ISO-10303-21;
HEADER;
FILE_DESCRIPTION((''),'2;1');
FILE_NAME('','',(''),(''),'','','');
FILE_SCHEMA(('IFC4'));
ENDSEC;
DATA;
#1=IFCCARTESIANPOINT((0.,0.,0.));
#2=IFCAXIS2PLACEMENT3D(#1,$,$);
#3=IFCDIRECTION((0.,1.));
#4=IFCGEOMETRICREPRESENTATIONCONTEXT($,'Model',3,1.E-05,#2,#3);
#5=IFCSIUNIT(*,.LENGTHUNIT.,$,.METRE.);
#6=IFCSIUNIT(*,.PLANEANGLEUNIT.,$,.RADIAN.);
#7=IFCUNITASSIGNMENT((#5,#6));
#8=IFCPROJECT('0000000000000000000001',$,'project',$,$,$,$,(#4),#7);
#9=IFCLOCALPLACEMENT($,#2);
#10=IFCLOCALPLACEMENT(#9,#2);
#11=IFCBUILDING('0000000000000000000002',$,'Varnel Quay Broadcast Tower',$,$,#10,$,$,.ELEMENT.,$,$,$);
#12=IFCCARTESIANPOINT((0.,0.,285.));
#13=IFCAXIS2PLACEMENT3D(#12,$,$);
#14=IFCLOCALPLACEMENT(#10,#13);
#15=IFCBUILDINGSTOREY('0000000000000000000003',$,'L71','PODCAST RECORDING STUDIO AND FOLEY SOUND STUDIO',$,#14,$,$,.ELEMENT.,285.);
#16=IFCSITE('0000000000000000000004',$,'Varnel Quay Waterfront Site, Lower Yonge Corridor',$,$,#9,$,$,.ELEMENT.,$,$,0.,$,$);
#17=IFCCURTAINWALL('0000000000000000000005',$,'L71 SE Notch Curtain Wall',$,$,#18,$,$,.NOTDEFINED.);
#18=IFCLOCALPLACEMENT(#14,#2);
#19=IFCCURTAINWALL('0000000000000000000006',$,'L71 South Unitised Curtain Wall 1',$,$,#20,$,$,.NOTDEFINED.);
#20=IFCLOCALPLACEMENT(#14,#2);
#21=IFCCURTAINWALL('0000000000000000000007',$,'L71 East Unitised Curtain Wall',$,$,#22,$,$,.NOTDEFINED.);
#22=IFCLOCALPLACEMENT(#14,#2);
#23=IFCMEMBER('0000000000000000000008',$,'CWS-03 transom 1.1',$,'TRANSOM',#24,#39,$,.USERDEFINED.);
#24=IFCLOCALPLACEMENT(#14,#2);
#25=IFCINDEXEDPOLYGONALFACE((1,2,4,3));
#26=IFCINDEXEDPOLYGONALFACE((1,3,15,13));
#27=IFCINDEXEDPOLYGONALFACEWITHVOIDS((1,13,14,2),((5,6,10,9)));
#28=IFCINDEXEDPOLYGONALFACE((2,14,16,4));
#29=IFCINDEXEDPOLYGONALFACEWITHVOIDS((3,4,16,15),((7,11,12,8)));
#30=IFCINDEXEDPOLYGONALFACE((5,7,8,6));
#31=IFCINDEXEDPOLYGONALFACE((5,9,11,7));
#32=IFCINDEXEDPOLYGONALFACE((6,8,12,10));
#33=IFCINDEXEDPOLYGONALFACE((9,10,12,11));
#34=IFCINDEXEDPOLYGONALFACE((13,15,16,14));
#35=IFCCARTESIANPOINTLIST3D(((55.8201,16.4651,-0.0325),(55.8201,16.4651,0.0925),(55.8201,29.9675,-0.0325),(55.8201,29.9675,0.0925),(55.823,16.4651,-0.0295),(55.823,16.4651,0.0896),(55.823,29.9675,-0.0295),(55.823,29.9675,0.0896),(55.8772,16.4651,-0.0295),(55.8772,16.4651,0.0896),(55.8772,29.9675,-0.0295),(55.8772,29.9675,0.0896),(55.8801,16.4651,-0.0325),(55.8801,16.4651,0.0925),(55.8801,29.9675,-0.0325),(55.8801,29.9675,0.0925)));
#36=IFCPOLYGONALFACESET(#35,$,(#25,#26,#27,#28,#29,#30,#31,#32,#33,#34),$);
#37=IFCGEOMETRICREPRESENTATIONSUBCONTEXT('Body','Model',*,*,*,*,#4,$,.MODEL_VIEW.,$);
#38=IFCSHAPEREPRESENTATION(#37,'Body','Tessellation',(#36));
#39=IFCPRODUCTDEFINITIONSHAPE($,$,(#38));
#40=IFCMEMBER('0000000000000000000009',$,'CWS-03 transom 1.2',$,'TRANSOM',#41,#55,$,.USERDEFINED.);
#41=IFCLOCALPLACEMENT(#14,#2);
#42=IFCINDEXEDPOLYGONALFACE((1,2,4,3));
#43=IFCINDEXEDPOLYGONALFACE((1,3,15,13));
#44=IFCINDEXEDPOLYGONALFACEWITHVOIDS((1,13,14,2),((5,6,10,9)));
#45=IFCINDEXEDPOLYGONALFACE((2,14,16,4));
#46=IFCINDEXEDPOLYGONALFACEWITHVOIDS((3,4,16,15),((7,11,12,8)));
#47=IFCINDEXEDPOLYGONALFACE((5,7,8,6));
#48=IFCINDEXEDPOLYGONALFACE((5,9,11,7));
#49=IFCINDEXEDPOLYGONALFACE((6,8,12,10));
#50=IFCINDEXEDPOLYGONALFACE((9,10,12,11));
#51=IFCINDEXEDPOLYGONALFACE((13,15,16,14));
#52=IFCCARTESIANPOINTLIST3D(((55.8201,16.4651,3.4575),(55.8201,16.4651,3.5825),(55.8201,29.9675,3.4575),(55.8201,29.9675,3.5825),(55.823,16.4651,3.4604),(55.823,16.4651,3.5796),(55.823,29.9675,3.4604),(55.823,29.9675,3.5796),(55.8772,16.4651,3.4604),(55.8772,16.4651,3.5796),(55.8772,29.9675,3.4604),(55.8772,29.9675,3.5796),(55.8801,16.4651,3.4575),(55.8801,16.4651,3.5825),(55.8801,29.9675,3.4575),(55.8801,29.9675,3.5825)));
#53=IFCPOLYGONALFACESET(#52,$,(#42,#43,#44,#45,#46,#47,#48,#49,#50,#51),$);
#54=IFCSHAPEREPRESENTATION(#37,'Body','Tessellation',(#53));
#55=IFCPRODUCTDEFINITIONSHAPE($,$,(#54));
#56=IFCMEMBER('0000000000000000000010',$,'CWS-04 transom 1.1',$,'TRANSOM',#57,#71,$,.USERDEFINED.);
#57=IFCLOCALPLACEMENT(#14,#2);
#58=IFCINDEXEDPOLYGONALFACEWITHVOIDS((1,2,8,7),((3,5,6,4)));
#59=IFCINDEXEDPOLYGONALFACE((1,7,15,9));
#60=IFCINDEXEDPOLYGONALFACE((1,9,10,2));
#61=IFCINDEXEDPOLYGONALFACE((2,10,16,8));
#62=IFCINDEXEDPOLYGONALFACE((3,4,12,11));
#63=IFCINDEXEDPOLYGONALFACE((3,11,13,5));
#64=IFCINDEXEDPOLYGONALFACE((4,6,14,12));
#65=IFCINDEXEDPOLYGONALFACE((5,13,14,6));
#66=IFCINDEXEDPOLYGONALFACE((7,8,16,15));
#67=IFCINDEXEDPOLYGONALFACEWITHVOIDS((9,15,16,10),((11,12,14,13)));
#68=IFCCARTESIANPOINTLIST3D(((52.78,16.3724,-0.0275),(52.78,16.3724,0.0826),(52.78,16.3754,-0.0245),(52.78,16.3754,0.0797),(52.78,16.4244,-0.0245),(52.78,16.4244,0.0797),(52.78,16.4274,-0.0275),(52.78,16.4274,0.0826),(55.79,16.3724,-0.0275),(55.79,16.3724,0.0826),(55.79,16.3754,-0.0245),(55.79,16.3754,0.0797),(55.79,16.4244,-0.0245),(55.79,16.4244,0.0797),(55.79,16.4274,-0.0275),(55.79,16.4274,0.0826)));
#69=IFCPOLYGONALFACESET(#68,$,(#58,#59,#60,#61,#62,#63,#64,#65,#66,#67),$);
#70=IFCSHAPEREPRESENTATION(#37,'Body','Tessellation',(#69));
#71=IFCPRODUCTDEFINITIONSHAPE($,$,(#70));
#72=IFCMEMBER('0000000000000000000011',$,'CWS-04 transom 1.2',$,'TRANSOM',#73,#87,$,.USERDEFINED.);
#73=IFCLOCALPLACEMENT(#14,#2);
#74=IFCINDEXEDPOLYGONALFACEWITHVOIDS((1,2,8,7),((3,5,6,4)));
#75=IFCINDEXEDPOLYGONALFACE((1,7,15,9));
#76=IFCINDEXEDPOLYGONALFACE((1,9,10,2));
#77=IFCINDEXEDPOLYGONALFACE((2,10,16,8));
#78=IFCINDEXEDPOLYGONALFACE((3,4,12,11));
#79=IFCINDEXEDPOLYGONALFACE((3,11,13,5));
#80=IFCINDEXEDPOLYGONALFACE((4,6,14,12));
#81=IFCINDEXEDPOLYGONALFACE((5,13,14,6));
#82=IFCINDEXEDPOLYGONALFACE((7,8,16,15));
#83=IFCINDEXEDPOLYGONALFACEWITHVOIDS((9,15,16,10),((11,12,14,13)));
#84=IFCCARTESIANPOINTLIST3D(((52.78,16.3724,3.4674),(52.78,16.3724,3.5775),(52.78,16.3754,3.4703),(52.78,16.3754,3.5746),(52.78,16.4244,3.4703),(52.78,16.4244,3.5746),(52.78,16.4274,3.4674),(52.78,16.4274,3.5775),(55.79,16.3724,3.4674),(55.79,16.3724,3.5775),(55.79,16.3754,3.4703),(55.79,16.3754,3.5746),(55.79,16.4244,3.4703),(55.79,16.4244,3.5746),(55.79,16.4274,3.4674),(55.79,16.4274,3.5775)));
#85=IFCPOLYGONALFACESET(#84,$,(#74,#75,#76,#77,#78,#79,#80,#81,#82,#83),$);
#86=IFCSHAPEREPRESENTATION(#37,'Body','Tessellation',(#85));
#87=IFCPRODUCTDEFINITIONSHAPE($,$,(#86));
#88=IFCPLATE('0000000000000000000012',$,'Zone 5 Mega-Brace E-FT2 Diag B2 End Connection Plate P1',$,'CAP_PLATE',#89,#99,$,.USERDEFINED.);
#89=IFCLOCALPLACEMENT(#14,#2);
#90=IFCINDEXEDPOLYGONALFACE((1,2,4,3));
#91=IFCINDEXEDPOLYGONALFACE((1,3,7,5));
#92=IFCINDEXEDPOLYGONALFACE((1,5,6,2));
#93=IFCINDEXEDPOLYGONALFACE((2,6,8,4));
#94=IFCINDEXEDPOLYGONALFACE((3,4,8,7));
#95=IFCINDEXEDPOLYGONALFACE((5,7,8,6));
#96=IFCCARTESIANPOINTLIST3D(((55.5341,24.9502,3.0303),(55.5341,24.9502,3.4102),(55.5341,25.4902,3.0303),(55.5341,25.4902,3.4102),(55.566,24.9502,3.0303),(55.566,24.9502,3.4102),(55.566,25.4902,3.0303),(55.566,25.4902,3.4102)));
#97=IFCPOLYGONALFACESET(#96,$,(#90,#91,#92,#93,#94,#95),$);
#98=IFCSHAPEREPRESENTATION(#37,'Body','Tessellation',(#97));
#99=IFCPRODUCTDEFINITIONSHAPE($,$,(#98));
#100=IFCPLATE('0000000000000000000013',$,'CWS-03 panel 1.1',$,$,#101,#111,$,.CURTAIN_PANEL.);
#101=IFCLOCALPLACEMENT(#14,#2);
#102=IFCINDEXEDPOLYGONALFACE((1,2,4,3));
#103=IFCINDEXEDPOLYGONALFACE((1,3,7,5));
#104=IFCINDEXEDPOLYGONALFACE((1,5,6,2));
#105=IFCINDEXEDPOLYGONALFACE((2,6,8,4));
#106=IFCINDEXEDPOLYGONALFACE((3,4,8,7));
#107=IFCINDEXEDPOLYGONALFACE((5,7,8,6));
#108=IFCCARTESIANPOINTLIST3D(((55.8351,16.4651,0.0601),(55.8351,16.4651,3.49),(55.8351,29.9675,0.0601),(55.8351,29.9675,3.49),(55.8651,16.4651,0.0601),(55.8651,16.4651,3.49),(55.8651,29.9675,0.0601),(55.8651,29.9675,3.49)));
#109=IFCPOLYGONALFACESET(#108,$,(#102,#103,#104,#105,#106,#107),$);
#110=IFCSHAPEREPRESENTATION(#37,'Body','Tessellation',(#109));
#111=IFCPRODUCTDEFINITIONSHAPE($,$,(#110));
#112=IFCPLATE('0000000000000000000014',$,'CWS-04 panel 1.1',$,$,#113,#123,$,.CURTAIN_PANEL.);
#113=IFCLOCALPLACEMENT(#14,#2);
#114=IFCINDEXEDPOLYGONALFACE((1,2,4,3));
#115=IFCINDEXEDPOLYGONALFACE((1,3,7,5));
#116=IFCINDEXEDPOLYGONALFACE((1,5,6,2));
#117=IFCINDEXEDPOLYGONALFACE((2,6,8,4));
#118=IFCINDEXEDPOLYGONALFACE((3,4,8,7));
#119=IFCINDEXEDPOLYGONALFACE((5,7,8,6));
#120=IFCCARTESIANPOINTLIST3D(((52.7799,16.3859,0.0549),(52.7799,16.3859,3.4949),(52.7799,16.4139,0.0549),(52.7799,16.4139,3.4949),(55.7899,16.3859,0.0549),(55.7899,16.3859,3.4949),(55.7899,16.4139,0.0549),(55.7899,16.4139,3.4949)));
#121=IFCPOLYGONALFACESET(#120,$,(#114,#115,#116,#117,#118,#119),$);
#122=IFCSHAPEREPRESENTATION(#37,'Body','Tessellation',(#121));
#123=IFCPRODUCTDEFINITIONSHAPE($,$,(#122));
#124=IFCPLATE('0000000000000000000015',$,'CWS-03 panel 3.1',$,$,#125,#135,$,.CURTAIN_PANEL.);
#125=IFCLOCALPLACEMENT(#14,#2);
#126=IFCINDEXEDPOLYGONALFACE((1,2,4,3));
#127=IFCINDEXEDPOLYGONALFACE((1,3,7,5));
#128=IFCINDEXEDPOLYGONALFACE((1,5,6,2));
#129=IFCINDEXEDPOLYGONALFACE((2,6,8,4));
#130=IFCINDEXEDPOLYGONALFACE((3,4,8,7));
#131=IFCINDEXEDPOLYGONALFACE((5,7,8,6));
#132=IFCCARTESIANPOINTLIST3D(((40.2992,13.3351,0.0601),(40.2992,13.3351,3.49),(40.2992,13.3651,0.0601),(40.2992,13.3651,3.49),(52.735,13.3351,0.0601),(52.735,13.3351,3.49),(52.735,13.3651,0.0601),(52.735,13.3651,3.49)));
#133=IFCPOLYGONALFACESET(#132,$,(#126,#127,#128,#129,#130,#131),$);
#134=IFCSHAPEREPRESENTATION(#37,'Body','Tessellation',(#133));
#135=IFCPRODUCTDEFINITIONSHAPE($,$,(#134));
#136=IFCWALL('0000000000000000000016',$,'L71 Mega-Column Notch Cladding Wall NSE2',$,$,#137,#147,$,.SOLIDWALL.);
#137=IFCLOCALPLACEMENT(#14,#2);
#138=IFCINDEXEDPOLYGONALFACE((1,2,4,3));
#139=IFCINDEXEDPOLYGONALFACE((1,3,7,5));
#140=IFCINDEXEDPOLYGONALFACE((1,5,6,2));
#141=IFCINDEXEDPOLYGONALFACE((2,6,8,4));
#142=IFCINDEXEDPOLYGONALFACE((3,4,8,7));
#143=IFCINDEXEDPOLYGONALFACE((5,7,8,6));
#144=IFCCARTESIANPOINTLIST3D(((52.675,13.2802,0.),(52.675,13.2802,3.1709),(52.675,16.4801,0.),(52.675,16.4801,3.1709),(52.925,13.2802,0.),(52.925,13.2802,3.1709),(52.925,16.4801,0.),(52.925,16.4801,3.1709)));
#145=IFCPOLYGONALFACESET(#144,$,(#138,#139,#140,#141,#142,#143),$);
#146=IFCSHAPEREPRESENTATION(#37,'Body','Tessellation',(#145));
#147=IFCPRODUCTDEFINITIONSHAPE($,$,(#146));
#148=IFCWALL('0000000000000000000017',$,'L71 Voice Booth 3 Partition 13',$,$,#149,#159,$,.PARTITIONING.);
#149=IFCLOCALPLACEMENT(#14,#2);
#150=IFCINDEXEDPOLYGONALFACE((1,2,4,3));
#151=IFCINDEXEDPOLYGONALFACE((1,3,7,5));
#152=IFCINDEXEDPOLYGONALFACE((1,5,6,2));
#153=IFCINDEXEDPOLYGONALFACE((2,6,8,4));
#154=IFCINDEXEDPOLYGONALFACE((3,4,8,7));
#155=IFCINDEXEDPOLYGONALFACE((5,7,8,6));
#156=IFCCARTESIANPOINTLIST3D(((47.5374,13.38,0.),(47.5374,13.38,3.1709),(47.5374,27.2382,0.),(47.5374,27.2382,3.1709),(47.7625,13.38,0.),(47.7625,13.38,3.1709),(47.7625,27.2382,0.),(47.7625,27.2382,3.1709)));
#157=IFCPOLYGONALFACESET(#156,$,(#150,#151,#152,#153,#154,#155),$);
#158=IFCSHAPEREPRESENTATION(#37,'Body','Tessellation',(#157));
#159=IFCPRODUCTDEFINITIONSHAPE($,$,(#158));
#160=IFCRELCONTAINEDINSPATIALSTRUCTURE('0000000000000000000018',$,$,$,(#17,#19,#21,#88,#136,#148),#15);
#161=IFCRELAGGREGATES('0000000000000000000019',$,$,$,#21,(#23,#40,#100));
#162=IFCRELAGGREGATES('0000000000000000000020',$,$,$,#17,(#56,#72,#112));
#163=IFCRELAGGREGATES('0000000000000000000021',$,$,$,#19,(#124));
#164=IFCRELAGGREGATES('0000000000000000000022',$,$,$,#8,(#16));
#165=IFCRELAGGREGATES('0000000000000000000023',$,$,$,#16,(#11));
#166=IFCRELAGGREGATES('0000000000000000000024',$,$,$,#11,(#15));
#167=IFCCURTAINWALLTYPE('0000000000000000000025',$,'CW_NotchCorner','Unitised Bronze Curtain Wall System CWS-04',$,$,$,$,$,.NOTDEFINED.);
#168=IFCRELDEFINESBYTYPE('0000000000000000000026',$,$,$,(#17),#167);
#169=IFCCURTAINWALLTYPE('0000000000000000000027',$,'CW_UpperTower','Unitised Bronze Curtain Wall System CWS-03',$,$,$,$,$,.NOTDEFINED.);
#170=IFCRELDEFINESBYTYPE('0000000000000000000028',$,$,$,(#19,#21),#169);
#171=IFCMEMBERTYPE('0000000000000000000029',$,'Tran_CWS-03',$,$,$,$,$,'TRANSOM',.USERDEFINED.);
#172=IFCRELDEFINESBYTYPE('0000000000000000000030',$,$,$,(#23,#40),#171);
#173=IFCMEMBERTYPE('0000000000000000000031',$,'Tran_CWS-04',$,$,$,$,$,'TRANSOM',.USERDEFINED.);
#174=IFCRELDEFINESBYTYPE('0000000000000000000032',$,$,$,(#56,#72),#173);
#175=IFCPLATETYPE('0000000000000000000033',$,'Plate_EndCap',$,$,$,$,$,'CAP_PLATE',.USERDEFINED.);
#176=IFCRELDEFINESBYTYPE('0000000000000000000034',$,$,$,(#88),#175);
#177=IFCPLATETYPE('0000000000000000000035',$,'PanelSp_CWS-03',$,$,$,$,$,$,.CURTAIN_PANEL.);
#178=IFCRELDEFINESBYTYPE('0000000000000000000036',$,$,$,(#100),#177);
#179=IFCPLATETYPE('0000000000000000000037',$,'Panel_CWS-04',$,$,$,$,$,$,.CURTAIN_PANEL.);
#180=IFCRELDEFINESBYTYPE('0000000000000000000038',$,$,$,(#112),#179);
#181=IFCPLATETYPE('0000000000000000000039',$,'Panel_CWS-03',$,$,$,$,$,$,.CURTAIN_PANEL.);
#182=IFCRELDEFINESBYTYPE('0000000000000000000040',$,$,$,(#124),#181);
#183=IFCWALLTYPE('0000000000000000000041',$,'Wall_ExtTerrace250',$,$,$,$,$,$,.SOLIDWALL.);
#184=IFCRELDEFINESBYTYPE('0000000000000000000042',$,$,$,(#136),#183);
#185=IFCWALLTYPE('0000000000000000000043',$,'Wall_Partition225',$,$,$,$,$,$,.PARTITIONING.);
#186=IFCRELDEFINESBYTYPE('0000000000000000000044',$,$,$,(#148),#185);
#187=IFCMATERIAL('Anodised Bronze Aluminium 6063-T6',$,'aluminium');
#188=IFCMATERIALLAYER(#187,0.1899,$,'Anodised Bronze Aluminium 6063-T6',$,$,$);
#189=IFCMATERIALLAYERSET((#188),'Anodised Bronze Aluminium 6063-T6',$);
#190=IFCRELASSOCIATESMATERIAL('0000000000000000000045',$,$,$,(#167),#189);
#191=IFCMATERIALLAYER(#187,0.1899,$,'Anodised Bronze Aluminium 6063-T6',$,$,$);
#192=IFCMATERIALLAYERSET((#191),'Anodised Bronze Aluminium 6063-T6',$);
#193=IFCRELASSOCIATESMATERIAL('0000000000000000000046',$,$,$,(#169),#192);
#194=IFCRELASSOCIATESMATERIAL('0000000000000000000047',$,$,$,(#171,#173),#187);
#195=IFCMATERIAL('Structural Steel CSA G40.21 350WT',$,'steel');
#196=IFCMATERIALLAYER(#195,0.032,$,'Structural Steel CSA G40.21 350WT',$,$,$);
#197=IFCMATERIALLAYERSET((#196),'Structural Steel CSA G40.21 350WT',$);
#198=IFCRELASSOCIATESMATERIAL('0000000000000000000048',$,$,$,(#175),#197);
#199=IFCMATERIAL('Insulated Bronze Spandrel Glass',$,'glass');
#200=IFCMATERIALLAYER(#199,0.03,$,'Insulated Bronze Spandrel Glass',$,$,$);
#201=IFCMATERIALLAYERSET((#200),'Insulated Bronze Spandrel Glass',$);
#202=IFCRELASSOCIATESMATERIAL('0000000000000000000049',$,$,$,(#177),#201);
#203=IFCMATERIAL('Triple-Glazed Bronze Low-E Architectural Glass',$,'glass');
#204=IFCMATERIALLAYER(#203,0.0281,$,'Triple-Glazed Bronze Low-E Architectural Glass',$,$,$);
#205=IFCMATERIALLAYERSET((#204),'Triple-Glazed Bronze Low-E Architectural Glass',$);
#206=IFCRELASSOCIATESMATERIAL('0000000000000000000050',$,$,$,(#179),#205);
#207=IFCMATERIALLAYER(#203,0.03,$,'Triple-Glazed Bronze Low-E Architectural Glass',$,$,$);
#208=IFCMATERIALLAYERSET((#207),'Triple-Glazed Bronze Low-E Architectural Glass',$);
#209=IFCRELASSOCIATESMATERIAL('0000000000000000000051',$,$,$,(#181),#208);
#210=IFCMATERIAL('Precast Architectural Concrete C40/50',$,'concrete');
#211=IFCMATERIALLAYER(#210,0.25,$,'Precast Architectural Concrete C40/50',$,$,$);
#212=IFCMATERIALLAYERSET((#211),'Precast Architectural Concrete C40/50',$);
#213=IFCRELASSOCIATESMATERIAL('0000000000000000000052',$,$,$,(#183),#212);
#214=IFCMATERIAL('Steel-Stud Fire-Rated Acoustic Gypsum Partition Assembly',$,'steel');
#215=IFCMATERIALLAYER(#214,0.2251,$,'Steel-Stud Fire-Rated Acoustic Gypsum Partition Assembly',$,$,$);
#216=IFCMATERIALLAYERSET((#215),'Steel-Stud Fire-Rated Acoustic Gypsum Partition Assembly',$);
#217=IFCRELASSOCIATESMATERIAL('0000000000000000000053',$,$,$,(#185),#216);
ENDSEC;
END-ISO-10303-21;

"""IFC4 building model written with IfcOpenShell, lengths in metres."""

from ifc_helpers import new_model, si_unit, direction, frame, frame_2d, origin, origin_2d, place, context, subcontext, project, spatial, rectangle, hollow_rectangle, extrude, source, transform, mapped, material, layer, layer_set, material_profile, profile_set, type_object, type_shapes, element, aggregate, save


model = new_model("IFC4")

# Units and contexts
model_context = context("Model", 3, precision=1e-05, world=origin(), true_north=direction((0.0, 1.0)))
body_context = subcontext(model_context, "Body", "Model", "MODEL_VIEW")
ifc_project = project(units=[si_unit("LENGTHUNIT", "METRE"), si_unit("PLANEANGLEUNIT", "RADIAN")], contexts=[model_context])

# Site, building, storey
site_placement = place(None, origin())
site = spatial("IfcSite", under=ifc_project, at=site_placement, Name="Varnel Quay Waterfront Site, Lower Yonge Corridor", CompositionType="ELEMENT", RefElevation=0.0)
building_placement = place(site_placement, origin())
building = spatial("IfcBuilding", under=site, at=building_placement, Name="Varnel Quay Broadcast Tower", CompositionType="ELEMENT")
storey_placement = place(building_placement, frame((0.0, 0.0, 285.0)))
storey = spatial("IfcBuildingStorey", under=building, at=storey_placement, Name="L71", Description="PODCAST RECORDING STUDIO AND FOLEY SOUND STUDIO", CompositionType="ELEMENT", Elevation=285.0)

# Shared definitions
ifc_material_1 = material(Name="Structural Steel CSA G40.21 350WT", Category="steel")

# Curtain wall
ifc_material_2 = material(Name="Anodised Bronze Aluminium 6063-T6", Category="aluminium")
ifc_layer_1 = layer(ifc_material_2, 0.1899, Name="Anodised Bronze Aluminium 6063-T6")
ifc_layer_set_1 = layer_set([ifc_layer_1], Name="Anodised Bronze Aluminium 6063-T6")
curtain_wall_type_1 = type_object("IfcCurtainWallType", Name="CW_NotchCorner", Description="Unitised Bronze Curtain Wall System CWS-04", PredefinedType="NOTDEFINED", material=ifc_layer_set_1)
curtain_wall_1_placement = place(storey_placement, origin())
curtain_wall_1 = element("IfcCurtainWall", 1, at=curtain_wall_1_placement, inside=storey, type_object=curtain_wall_type_1, Name="L71 SE Notch Curtain Wall", PredefinedType="NOTDEFINED")

# Curtain wall
ifc_layer_2 = layer(ifc_material_2, 0.1899, Name="Anodised Bronze Aluminium 6063-T6")
ifc_layer_set_2 = layer_set([ifc_layer_2], Name="Anodised Bronze Aluminium 6063-T6")
curtain_wall_type_2 = type_object("IfcCurtainWallType", Name="CW_UpperTower", Description="Unitised Bronze Curtain Wall System CWS-03", PredefinedType="NOTDEFINED", material=ifc_layer_set_2)
curtain_wall_2_placement = place(storey_placement, origin())
curtain_wall_2 = element("IfcCurtainWall", 2, at=curtain_wall_2_placement, inside=storey, type_object=curtain_wall_type_2, Name="L71 South Unitised Curtain Wall 1", PredefinedType="NOTDEFINED")

# Curtain wall, members
curtain_wall_3_placement = place(storey_placement, origin())
curtain_wall_3 = element("IfcCurtainWall", 3, at=curtain_wall_3_placement, inside=storey, type_object=curtain_wall_type_2, Name="L71 East Unitised Curtain Wall", PredefinedType="NOTDEFINED")
ifc_material_profile_1 = material_profile(ifc_material_2, hollow_rectangle(XDim=0.0601, YDim=0.125, WallThickness=0.0029, at=origin_2d()), Name="ALU60X125X3")
ifc_profile_set_1 = profile_set([ifc_material_profile_1], Name="Anodised Bronze Aluminium 6063-T6")
member_type_1 = type_object("IfcMemberType", Name="Tran_CWS-03", ElementType="TRANSOM", PredefinedType="USERDEFINED", material=ifc_profile_set_1)
shared_shape_1 = source(origin(), body_context, "Body", "SweptSolid", [
    extrude(hollow_rectangle(XDim=0.0601, YDim=0.125, WallThickness=0.0029, at=origin_2d()), origin(), (0.0, 0.0, 1.0), 13.5024),
])
type_shapes(member_type_1, [shared_shape_1])
member_1_placement = place(storey_placement, frame((55.8501, 16.4651, 0.03), z_axis=(0.0, 1.0, 0.0), x_axis=(-1.0, 0.0, 0.0)))
member_1 = element("IfcMember", 4, at=member_1_placement, type_object=member_type_1, Name="CWS-03 transom 1.1", ObjectType="TRANSOM", PredefinedType="USERDEFINED", context=body_context, shape_type="MappedRepresentation", body=[
    mapped(shared_shape_1, transform((0.0, 0.0, 0.0), x_axis=(1.0, 0.0, 0.0), y_axis=(0.0, 1.0, 0.0), z_axis=(0.0, 0.0, 1.0), scale=1.0)),
])
member_2_placement = place(storey_placement, frame((55.8501, 16.4651, 3.52), z_axis=(0.0, 1.0, 0.0), x_axis=(-1.0, 0.0, 0.0)))
member_2 = element("IfcMember", 5, at=member_2_placement, type_object=member_type_1, Name="CWS-03 transom 1.2", ObjectType="TRANSOM", PredefinedType="USERDEFINED", context=body_context, shape_type="MappedRepresentation", body=[
    mapped(shared_shape_1, transform((0.0, 0.0, 0.0), x_axis=(1.0, 0.0, 0.0), y_axis=(0.0, 1.0, 0.0), z_axis=(0.0, 0.0, 1.0), scale=1.0)),
])

# Members
ifc_material_profile_2 = material_profile(ifc_material_2, hollow_rectangle(XDim=0.0549, YDim=0.1101, WallThickness=0.0029, at=origin_2d()), Name="ALU55X110X3")
ifc_profile_set_2 = profile_set([ifc_material_profile_2], Name="Anodised Bronze Aluminium 6063-T6")
member_type_2 = type_object("IfcMemberType", Name="Tran_CWS-04", ElementType="TRANSOM", PredefinedType="USERDEFINED", material=ifc_profile_set_2)
shared_shape_2 = source(origin(), body_context, "Body", "SweptSolid", [
    extrude(hollow_rectangle(XDim=0.0549, YDim=0.1101, WallThickness=0.0029, at=origin_2d()), origin(), (0.0, 0.0, 1.0), 3.01),
])
type_shapes(member_type_2, [shared_shape_2])
member_3_placement = place(storey_placement, frame((52.78, 16.3999, 0.0276), z_axis=(1.0, 0.0, 0.0), x_axis=(0.0, 1.0, 0.0)))
member_3 = element("IfcMember", 6, at=member_3_placement, type_object=member_type_2, Name="CWS-04 transom 1.1", ObjectType="TRANSOM", PredefinedType="USERDEFINED", context=body_context, shape_type="MappedRepresentation", body=[
    mapped(shared_shape_2, transform((0.0, 0.0, 0.0), x_axis=(1.0, 0.0, 0.0), y_axis=(0.0, 1.0, 0.0), z_axis=(0.0, 0.0, 1.0), scale=1.0)),
])
member_4_placement = place(storey_placement, frame((52.78, 16.3999, 3.5225), z_axis=(1.0, 0.0, 0.0), x_axis=(0.0, 1.0, 0.0)))
member_4 = element("IfcMember", 7, at=member_4_placement, type_object=member_type_2, Name="CWS-04 transom 1.2", ObjectType="TRANSOM", PredefinedType="USERDEFINED", context=body_context, shape_type="MappedRepresentation", body=[
    mapped(shared_shape_2, transform((0.0, 0.0, 0.0), x_axis=(1.0, 0.0, 0.0), y_axis=(0.0, 1.0, 0.0), z_axis=(0.0, 0.0, 1.0), scale=1.0)),
])

# Plates
ifc_layer_3 = layer(ifc_material_1, 0.032, Name="Structural Steel CSA G40.21 350WT")
ifc_layer_set_3 = layer_set([ifc_layer_3], Name="Structural Steel CSA G40.21 350WT")
plate_type_1 = type_object("IfcPlateType", Name="Plate_EndCap", ElementType="CAP_PLATE", PredefinedType="USERDEFINED", material=ifc_layer_set_3)
shared_shape_3 = source(origin(), body_context, "Body", "SweptSolid", [
    extrude(rectangle(XDim=0.54, YDim=0.032, at=origin_2d()), origin(), (0.0, 0.0, 1.0), 0.3799),
])
type_shapes(plate_type_1, [shared_shape_3])
plate_1_placement = place(storey_placement, frame((55.55, 25.2202, 3.0303), z_axis=(0.0, 0.0, 1.0), x_axis=(0.0, 1.0, 0.0)))
element("IfcPlate", 8, at=plate_1_placement, inside=storey, type_object=plate_type_1, Name="Zone 5 Mega-Brace E-FT2 Diag B2 End Connection Plate P1", ObjectType="CAP_PLATE", PredefinedType="USERDEFINED", context=body_context, shape_type="MappedRepresentation", body=[
    mapped(shared_shape_3, transform((0.0, 0.0, 0.0), x_axis=(1.0, 0.0, 0.0), y_axis=(0.0, 1.0, 0.0), z_axis=(0.0, 0.0, 1.0), scale=1.0)),
])
ifc_material_3 = material(Name="Insulated Bronze Spandrel Glass", Category="glass")
ifc_layer_4 = layer(ifc_material_3, 0.03, Name="Insulated Bronze Spandrel Glass")
ifc_layer_set_4 = layer_set([ifc_layer_4], Name="Insulated Bronze Spandrel Glass")
plate_type_2 = type_object("IfcPlateType", Name="PanelSp_CWS-03", PredefinedType="CURTAIN_PANEL", material=ifc_layer_set_4)
shared_shape_4 = source(origin(), body_context, "Body", "SweptSolid", [
    extrude(rectangle(XDim=13.5024, YDim=0.03, at=origin_2d()), origin(), (0.0, 0.0, 1.0), 3.4299),
])
type_shapes(plate_type_2, [shared_shape_4])
plate_2_placement = place(storey_placement, frame((55.8501, 23.2163, 0.0601), z_axis=(0.0, 0.0, 1.0), x_axis=(0.0, 1.0, 0.0)))
plate_2 = element("IfcPlate", 9, at=plate_2_placement, type_object=plate_type_2, Name="CWS-03 panel 1.1", PredefinedType="CURTAIN_PANEL", context=body_context, shape_type="MappedRepresentation", body=[
    mapped(shared_shape_4, transform((0.0, 0.0, 0.0), x_axis=(1.0, 0.0, 0.0), y_axis=(0.0, 1.0, 0.0), z_axis=(0.0, 0.0, 1.0), scale=1.0)),
])
aggregate(curtain_wall_3, [member_1, member_2, plate_2])
ifc_material_4 = material(Name="Triple-Glazed Bronze Low-E Architectural Glass", Category="glass")
ifc_layer_5 = layer(ifc_material_4, 0.0281, Name="Triple-Glazed Bronze Low-E Architectural Glass")
ifc_layer_set_5 = layer_set([ifc_layer_5], Name="Triple-Glazed Bronze Low-E Architectural Glass")
plate_type_3 = type_object("IfcPlateType", Name="Panel_CWS-04", PredefinedType="CURTAIN_PANEL", material=ifc_layer_set_5)
shared_shape_5 = source(origin(), body_context, "Body", "SweptSolid", [
    extrude(rectangle(XDim=3.01, YDim=0.0281, at=origin_2d()), origin(), (0.0, 0.0, 1.0), 3.4399),
])
type_shapes(plate_type_3, [shared_shape_5])
plate_3_placement = place(storey_placement, frame((54.2849, 16.3999, 0.0549), z_axis=(0.0, 0.0, 1.0), x_axis=(1.0, 0.0, 0.0)))
plate_3 = element("IfcPlate", 10, at=plate_3_placement, type_object=plate_type_3, Name="CWS-04 panel 1.1", PredefinedType="CURTAIN_PANEL", context=body_context, shape_type="MappedRepresentation", body=[
    mapped(shared_shape_5, transform((0.0, 0.0, 0.0), x_axis=(1.0, 0.0, 0.0), y_axis=(0.0, 1.0, 0.0), z_axis=(0.0, 0.0, 1.0), scale=1.0)),
])
aggregate(curtain_wall_1, [member_3, member_4, plate_3])
ifc_layer_6 = layer(ifc_material_4, 0.03, Name="Triple-Glazed Bronze Low-E Architectural Glass")
ifc_layer_set_6 = layer_set([ifc_layer_6], Name="Triple-Glazed Bronze Low-E Architectural Glass")
plate_type_4 = type_object("IfcPlateType", Name="Panel_CWS-03", PredefinedType="CURTAIN_PANEL", material=ifc_layer_set_6)
shared_shape_6 = source(origin(), body_context, "Body", "SweptSolid", [
    extrude(rectangle(XDim=12.4358, YDim=0.03, at=origin_2d()), origin(), (0.0, 0.0, 1.0), 3.4299),
])
type_shapes(plate_type_4, [shared_shape_6])
plate_4_placement = place(storey_placement, frame((46.5171, 13.3501, 0.0601), z_axis=(0.0, 0.0, 1.0), x_axis=(1.0, 0.0, 0.0)))
plate_4 = element("IfcPlate", 11, at=plate_4_placement, type_object=plate_type_4, Name="CWS-03 panel 3.1", PredefinedType="CURTAIN_PANEL", context=body_context, shape_type="MappedRepresentation", body=[
    mapped(shared_shape_6, transform((0.0, 0.0, 0.0), x_axis=(1.0, 0.0, 0.0), y_axis=(0.0, 1.0, 0.0), z_axis=(0.0, 0.0, 1.0), scale=1.0)),
])
aggregate(curtain_wall_2, [plate_4])

# Walls
ifc_material_5 = material(Name="Precast Architectural Concrete C40/50", Category="concrete")
ifc_layer_7 = layer(ifc_material_5, 0.25, Name="Precast Architectural Concrete C40/50")
ifc_layer_set_7 = layer_set([ifc_layer_7], Name="Precast Architectural Concrete C40/50")
wall_type_1 = type_object("IfcWallType", Name="Wall_ExtTerrace250", PredefinedType="SOLIDWALL", material=ifc_layer_set_7)
wall_1_placement = place(storey_placement, frame((52.8, 13.28, 0.0), z_axis=(0.0, 0.0, 1.0), x_axis=(0.0, 1.0, 0.0)))
element("IfcWall", 12, at=wall_1_placement, inside=storey, type_object=wall_type_1, Name="L71 Mega-Column Notch Cladding Wall NSE2", PredefinedType="SOLIDWALL", context=body_context, shape_type="SweptSolid", body=[
    extrude(rectangle(XDim=3.2, YDim=0.25, at=frame_2d((1.6001, 0.0))), origin(), (0.0, 0.0, 1.0), 3.1709),
])
ifc_material_6 = material(Name="Steel-Stud Fire-Rated Acoustic Gypsum Partition Assembly", Category="steel")
ifc_layer_8 = layer(ifc_material_6, 0.2251, Name="Steel-Stud Fire-Rated Acoustic Gypsum Partition Assembly")
ifc_layer_set_8 = layer_set([ifc_layer_8], Name="Steel-Stud Fire-Rated Acoustic Gypsum Partition Assembly")
wall_type_2 = type_object("IfcWallType", Name="Wall_Partition225", PredefinedType="PARTITIONING", material=ifc_layer_set_8)
wall_2_placement = place(storey_placement, frame((47.6499, 13.3799, 0.0), z_axis=(0.0, 0.0, 1.0), x_axis=(0.0, 1.0, 0.0)))
element("IfcWall", 13, at=wall_2_placement, inside=storey, type_object=wall_type_2, Name="L71 Voice Booth 3 Partition 13", PredefinedType="PARTITIONING", context=body_context, shape_type="SweptSolid", body=[
    extrude(rectangle(XDim=13.8582, YDim=0.2251, at=frame_2d((6.9292, 0.0))), origin(), (0.0, 0.0, 1.0), 3.1709),
])

save(model, "model.ifc")
